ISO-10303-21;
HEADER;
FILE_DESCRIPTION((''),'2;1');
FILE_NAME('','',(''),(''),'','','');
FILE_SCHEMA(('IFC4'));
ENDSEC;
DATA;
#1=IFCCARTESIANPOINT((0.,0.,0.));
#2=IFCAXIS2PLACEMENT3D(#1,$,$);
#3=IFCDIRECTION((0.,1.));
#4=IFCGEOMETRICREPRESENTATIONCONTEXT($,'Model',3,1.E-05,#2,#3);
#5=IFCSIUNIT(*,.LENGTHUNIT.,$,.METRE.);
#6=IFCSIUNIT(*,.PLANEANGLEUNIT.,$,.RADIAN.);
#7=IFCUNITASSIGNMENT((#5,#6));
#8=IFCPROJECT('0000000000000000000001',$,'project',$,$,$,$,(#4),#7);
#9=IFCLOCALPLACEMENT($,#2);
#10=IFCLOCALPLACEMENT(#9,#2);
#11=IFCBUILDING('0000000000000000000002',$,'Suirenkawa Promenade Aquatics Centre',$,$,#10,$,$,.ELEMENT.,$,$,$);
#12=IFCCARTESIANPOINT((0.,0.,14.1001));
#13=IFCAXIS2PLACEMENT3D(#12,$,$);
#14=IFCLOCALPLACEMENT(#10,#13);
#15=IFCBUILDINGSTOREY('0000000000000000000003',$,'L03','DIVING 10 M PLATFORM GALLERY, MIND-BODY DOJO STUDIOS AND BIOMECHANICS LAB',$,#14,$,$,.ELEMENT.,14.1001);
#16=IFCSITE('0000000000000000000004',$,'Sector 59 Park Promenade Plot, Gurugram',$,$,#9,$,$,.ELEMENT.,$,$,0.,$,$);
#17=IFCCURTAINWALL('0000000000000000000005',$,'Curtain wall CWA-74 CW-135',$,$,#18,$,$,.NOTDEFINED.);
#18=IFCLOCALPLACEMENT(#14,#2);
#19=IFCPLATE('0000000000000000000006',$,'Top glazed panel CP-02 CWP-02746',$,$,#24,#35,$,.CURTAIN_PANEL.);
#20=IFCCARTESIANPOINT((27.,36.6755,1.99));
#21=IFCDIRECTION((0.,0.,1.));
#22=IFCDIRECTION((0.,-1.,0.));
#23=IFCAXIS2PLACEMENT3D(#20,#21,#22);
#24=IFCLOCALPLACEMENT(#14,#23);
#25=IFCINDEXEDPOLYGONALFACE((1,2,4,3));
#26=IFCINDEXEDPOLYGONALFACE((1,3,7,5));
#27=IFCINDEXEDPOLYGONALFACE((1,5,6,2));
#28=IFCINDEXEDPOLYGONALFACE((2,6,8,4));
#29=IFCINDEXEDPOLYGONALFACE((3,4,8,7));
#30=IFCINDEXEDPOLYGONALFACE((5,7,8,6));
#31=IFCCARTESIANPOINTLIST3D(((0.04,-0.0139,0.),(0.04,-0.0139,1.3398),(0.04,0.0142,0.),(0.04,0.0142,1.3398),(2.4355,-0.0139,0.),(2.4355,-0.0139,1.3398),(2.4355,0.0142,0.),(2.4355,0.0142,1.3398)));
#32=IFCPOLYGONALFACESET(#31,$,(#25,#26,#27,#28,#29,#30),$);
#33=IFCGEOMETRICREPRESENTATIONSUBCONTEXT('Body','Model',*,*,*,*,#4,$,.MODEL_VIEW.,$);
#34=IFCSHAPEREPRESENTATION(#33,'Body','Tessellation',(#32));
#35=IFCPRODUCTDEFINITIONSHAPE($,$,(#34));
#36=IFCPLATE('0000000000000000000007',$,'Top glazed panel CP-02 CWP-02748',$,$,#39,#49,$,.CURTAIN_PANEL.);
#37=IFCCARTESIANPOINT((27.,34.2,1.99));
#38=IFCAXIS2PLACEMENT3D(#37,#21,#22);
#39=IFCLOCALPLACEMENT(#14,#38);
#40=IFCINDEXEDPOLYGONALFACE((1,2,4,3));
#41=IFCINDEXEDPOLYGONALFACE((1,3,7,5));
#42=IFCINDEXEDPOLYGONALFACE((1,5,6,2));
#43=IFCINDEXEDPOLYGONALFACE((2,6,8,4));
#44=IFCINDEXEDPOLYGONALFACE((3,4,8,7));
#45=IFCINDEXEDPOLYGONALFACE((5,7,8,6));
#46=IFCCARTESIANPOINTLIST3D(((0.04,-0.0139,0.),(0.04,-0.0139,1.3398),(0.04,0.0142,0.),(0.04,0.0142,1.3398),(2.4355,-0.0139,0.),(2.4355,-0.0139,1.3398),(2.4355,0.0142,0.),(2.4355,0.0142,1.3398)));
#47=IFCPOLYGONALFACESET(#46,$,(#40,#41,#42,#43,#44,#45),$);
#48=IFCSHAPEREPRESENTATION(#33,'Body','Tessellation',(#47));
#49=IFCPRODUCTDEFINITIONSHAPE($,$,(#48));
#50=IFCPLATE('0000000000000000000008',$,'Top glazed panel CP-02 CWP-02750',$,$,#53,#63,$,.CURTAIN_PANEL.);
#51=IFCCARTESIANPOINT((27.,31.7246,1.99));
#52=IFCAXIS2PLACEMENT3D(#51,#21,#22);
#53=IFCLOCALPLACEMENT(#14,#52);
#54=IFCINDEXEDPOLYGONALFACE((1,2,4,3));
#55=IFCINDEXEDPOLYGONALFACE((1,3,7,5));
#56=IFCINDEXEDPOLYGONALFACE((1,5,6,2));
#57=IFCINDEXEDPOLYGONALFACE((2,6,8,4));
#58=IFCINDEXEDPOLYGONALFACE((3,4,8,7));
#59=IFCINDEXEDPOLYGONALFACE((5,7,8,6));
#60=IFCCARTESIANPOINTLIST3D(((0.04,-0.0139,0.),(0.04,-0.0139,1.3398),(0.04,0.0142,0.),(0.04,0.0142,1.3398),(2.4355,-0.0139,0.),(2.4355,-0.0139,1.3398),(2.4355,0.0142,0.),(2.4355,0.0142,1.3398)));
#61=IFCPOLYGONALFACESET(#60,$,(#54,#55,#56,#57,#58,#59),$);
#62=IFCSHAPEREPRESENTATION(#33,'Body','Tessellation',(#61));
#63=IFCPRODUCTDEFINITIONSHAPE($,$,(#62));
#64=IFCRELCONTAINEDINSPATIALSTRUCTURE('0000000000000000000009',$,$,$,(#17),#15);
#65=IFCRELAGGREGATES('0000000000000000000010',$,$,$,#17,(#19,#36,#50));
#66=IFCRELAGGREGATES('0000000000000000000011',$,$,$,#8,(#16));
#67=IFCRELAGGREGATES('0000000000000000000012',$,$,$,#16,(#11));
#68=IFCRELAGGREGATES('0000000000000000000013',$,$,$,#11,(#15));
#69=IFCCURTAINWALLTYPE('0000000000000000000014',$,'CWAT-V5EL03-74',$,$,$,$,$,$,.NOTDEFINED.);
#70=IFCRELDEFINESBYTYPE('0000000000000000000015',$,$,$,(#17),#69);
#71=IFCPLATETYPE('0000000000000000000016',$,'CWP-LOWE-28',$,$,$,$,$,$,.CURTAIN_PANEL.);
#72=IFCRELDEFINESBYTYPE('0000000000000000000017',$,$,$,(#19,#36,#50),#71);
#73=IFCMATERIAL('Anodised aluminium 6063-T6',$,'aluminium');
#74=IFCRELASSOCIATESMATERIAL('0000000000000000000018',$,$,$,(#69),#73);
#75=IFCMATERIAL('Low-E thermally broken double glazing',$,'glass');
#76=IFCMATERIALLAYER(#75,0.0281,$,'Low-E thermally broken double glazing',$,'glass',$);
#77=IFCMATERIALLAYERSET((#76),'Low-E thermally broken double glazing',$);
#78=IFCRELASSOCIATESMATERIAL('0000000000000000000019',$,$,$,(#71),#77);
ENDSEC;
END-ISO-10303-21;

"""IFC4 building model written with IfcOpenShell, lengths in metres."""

from ifc_helpers import new_model, si_unit, direction, frame, origin, place, context, subcontext, project, spatial, polyline, outline, extrude, material, layer, layer_set, type_object, element, aggregate, save


model = new_model("IFC4")

# Units and contexts
model_context = context("Model", 3, precision=1e-05, world=origin(), true_north=direction((0.0, 1.0)))
body_context = subcontext(model_context, "Body", "Model", "MODEL_VIEW")
ifc_project = project(units=[si_unit("LENGTHUNIT", "METRE"), si_unit("PLANEANGLEUNIT", "RADIAN")], contexts=[model_context])

# Site, building, storey
site_placement = place(None, origin())
site = spatial("IfcSite", under=ifc_project, at=site_placement, Name="Sector 59 Park Promenade Plot, Gurugram", CompositionType="ELEMENT", RefElevation=0.0)
building_placement = place(site_placement, origin())
building = spatial("IfcBuilding", under=site, at=building_placement, Name="Suirenkawa Promenade Aquatics Centre", CompositionType="ELEMENT")
storey_placement = place(building_placement, frame((0.0, 0.0, 14.1001)))
storey = spatial("IfcBuildingStorey", under=building, at=storey_placement, Name="L03", Description="DIVING 10 M PLATFORM GALLERY, MIND-BODY DOJO STUDIOS AND BIOMECHANICS LAB", CompositionType="ELEMENT", Elevation=14.1001)

# Curtain wall, plates
ifc_material_1 = material(Name="Anodised aluminium 6063-T6", Category="aluminium")
curtain_wall_type = type_object("IfcCurtainWallType", Name="CWAT-V5EL03-74", PredefinedType="NOTDEFINED", material=ifc_material_1)
curtain_wall_placement = place(storey_placement, origin())
curtain_wall = element("IfcCurtainWall", 1, at=curtain_wall_placement, inside=storey, type_object=curtain_wall_type, Name="Curtain wall CWA-74 CW-135", PredefinedType="NOTDEFINED")
ifc_material_2 = material(Name="Low-E thermally broken double glazing", Category="glass")
ifc_layer = layer(ifc_material_2, 0.0281, Name="Low-E thermally broken double glazing", Category="glass")
ifc_layer_set = layer_set([ifc_layer], Name="Low-E thermally broken double glazing")
plate_type = type_object("IfcPlateType", Name="CWP-LOWE-28", PredefinedType="CURTAIN_PANEL", material=ifc_layer_set)
plate_1_placement = place(storey_placement, frame((27.0, 36.6755, 1.99), z_axis=(0.0, 0.0, 1.0), x_axis=(0.0, -1.0, 0.0)))
plate_1 = element("IfcPlate", 2, at=plate_1_placement, type_object=plate_type, Name="Top glazed panel CP-02 CWP-02746", PredefinedType="CURTAIN_PANEL", context=body_context, shape_type="SweptSolid", body=[
    extrude(outline(polyline([(0.04, 0.0), (2.4355, 0.0), (2.4355, 1.3398), (0.04, 1.3398), (0.04, 0.0)])), frame((0.0, 0.0142, 0.0), z_axis=(0.0, -1.0, 0.0), x_axis=(1.0, 0.0, 0.0)), (0.0, 0.0, 1.0), 0.0281),
])
plate_2_placement = place(storey_placement, frame((27.0, 34.2, 1.99), z_axis=(0.0, 0.0, 1.0), x_axis=(0.0, -1.0, 0.0)))
plate_2 = element("IfcPlate", 3, at=plate_2_placement, type_object=plate_type, Name="Top glazed panel CP-02 CWP-02748", PredefinedType="CURTAIN_PANEL", context=body_context, shape_type="SweptSolid", body=[
    extrude(outline(polyline([(0.04, 0.0), (2.4355, 0.0), (2.4355, 1.3398), (0.04, 1.3398), (0.04, 0.0)])), frame((0.0, 0.0142, 0.0), z_axis=(0.0, -1.0, 0.0), x_axis=(1.0, 0.0, 0.0)), (0.0, 0.0, 1.0), 0.0281),
])
plate_3_placement = place(storey_placement, frame((27.0, 31.7246, 1.99), z_axis=(0.0, 0.0, 1.0), x_axis=(0.0, -1.0, 0.0)))
plate_3 = element("IfcPlate", 4, at=plate_3_placement, type_object=plate_type, Name="Top glazed panel CP-02 CWP-02750", PredefinedType="CURTAIN_PANEL", context=body_context, shape_type="SweptSolid", body=[
    extrude(outline(polyline([(0.04, 0.0), (2.4355, 0.0), (2.4355, 1.3398), (0.04, 1.3398), (0.04, 0.0)])), frame((0.0, 0.0142, 0.0), z_axis=(0.0, -1.0, 0.0), x_axis=(1.0, 0.0, 0.0)), (0.0, 0.0, 1.0), 0.0281),
])
aggregate(curtain_wall, [plate_1, plate_2, plate_3])

save(model, "model.ifc")
